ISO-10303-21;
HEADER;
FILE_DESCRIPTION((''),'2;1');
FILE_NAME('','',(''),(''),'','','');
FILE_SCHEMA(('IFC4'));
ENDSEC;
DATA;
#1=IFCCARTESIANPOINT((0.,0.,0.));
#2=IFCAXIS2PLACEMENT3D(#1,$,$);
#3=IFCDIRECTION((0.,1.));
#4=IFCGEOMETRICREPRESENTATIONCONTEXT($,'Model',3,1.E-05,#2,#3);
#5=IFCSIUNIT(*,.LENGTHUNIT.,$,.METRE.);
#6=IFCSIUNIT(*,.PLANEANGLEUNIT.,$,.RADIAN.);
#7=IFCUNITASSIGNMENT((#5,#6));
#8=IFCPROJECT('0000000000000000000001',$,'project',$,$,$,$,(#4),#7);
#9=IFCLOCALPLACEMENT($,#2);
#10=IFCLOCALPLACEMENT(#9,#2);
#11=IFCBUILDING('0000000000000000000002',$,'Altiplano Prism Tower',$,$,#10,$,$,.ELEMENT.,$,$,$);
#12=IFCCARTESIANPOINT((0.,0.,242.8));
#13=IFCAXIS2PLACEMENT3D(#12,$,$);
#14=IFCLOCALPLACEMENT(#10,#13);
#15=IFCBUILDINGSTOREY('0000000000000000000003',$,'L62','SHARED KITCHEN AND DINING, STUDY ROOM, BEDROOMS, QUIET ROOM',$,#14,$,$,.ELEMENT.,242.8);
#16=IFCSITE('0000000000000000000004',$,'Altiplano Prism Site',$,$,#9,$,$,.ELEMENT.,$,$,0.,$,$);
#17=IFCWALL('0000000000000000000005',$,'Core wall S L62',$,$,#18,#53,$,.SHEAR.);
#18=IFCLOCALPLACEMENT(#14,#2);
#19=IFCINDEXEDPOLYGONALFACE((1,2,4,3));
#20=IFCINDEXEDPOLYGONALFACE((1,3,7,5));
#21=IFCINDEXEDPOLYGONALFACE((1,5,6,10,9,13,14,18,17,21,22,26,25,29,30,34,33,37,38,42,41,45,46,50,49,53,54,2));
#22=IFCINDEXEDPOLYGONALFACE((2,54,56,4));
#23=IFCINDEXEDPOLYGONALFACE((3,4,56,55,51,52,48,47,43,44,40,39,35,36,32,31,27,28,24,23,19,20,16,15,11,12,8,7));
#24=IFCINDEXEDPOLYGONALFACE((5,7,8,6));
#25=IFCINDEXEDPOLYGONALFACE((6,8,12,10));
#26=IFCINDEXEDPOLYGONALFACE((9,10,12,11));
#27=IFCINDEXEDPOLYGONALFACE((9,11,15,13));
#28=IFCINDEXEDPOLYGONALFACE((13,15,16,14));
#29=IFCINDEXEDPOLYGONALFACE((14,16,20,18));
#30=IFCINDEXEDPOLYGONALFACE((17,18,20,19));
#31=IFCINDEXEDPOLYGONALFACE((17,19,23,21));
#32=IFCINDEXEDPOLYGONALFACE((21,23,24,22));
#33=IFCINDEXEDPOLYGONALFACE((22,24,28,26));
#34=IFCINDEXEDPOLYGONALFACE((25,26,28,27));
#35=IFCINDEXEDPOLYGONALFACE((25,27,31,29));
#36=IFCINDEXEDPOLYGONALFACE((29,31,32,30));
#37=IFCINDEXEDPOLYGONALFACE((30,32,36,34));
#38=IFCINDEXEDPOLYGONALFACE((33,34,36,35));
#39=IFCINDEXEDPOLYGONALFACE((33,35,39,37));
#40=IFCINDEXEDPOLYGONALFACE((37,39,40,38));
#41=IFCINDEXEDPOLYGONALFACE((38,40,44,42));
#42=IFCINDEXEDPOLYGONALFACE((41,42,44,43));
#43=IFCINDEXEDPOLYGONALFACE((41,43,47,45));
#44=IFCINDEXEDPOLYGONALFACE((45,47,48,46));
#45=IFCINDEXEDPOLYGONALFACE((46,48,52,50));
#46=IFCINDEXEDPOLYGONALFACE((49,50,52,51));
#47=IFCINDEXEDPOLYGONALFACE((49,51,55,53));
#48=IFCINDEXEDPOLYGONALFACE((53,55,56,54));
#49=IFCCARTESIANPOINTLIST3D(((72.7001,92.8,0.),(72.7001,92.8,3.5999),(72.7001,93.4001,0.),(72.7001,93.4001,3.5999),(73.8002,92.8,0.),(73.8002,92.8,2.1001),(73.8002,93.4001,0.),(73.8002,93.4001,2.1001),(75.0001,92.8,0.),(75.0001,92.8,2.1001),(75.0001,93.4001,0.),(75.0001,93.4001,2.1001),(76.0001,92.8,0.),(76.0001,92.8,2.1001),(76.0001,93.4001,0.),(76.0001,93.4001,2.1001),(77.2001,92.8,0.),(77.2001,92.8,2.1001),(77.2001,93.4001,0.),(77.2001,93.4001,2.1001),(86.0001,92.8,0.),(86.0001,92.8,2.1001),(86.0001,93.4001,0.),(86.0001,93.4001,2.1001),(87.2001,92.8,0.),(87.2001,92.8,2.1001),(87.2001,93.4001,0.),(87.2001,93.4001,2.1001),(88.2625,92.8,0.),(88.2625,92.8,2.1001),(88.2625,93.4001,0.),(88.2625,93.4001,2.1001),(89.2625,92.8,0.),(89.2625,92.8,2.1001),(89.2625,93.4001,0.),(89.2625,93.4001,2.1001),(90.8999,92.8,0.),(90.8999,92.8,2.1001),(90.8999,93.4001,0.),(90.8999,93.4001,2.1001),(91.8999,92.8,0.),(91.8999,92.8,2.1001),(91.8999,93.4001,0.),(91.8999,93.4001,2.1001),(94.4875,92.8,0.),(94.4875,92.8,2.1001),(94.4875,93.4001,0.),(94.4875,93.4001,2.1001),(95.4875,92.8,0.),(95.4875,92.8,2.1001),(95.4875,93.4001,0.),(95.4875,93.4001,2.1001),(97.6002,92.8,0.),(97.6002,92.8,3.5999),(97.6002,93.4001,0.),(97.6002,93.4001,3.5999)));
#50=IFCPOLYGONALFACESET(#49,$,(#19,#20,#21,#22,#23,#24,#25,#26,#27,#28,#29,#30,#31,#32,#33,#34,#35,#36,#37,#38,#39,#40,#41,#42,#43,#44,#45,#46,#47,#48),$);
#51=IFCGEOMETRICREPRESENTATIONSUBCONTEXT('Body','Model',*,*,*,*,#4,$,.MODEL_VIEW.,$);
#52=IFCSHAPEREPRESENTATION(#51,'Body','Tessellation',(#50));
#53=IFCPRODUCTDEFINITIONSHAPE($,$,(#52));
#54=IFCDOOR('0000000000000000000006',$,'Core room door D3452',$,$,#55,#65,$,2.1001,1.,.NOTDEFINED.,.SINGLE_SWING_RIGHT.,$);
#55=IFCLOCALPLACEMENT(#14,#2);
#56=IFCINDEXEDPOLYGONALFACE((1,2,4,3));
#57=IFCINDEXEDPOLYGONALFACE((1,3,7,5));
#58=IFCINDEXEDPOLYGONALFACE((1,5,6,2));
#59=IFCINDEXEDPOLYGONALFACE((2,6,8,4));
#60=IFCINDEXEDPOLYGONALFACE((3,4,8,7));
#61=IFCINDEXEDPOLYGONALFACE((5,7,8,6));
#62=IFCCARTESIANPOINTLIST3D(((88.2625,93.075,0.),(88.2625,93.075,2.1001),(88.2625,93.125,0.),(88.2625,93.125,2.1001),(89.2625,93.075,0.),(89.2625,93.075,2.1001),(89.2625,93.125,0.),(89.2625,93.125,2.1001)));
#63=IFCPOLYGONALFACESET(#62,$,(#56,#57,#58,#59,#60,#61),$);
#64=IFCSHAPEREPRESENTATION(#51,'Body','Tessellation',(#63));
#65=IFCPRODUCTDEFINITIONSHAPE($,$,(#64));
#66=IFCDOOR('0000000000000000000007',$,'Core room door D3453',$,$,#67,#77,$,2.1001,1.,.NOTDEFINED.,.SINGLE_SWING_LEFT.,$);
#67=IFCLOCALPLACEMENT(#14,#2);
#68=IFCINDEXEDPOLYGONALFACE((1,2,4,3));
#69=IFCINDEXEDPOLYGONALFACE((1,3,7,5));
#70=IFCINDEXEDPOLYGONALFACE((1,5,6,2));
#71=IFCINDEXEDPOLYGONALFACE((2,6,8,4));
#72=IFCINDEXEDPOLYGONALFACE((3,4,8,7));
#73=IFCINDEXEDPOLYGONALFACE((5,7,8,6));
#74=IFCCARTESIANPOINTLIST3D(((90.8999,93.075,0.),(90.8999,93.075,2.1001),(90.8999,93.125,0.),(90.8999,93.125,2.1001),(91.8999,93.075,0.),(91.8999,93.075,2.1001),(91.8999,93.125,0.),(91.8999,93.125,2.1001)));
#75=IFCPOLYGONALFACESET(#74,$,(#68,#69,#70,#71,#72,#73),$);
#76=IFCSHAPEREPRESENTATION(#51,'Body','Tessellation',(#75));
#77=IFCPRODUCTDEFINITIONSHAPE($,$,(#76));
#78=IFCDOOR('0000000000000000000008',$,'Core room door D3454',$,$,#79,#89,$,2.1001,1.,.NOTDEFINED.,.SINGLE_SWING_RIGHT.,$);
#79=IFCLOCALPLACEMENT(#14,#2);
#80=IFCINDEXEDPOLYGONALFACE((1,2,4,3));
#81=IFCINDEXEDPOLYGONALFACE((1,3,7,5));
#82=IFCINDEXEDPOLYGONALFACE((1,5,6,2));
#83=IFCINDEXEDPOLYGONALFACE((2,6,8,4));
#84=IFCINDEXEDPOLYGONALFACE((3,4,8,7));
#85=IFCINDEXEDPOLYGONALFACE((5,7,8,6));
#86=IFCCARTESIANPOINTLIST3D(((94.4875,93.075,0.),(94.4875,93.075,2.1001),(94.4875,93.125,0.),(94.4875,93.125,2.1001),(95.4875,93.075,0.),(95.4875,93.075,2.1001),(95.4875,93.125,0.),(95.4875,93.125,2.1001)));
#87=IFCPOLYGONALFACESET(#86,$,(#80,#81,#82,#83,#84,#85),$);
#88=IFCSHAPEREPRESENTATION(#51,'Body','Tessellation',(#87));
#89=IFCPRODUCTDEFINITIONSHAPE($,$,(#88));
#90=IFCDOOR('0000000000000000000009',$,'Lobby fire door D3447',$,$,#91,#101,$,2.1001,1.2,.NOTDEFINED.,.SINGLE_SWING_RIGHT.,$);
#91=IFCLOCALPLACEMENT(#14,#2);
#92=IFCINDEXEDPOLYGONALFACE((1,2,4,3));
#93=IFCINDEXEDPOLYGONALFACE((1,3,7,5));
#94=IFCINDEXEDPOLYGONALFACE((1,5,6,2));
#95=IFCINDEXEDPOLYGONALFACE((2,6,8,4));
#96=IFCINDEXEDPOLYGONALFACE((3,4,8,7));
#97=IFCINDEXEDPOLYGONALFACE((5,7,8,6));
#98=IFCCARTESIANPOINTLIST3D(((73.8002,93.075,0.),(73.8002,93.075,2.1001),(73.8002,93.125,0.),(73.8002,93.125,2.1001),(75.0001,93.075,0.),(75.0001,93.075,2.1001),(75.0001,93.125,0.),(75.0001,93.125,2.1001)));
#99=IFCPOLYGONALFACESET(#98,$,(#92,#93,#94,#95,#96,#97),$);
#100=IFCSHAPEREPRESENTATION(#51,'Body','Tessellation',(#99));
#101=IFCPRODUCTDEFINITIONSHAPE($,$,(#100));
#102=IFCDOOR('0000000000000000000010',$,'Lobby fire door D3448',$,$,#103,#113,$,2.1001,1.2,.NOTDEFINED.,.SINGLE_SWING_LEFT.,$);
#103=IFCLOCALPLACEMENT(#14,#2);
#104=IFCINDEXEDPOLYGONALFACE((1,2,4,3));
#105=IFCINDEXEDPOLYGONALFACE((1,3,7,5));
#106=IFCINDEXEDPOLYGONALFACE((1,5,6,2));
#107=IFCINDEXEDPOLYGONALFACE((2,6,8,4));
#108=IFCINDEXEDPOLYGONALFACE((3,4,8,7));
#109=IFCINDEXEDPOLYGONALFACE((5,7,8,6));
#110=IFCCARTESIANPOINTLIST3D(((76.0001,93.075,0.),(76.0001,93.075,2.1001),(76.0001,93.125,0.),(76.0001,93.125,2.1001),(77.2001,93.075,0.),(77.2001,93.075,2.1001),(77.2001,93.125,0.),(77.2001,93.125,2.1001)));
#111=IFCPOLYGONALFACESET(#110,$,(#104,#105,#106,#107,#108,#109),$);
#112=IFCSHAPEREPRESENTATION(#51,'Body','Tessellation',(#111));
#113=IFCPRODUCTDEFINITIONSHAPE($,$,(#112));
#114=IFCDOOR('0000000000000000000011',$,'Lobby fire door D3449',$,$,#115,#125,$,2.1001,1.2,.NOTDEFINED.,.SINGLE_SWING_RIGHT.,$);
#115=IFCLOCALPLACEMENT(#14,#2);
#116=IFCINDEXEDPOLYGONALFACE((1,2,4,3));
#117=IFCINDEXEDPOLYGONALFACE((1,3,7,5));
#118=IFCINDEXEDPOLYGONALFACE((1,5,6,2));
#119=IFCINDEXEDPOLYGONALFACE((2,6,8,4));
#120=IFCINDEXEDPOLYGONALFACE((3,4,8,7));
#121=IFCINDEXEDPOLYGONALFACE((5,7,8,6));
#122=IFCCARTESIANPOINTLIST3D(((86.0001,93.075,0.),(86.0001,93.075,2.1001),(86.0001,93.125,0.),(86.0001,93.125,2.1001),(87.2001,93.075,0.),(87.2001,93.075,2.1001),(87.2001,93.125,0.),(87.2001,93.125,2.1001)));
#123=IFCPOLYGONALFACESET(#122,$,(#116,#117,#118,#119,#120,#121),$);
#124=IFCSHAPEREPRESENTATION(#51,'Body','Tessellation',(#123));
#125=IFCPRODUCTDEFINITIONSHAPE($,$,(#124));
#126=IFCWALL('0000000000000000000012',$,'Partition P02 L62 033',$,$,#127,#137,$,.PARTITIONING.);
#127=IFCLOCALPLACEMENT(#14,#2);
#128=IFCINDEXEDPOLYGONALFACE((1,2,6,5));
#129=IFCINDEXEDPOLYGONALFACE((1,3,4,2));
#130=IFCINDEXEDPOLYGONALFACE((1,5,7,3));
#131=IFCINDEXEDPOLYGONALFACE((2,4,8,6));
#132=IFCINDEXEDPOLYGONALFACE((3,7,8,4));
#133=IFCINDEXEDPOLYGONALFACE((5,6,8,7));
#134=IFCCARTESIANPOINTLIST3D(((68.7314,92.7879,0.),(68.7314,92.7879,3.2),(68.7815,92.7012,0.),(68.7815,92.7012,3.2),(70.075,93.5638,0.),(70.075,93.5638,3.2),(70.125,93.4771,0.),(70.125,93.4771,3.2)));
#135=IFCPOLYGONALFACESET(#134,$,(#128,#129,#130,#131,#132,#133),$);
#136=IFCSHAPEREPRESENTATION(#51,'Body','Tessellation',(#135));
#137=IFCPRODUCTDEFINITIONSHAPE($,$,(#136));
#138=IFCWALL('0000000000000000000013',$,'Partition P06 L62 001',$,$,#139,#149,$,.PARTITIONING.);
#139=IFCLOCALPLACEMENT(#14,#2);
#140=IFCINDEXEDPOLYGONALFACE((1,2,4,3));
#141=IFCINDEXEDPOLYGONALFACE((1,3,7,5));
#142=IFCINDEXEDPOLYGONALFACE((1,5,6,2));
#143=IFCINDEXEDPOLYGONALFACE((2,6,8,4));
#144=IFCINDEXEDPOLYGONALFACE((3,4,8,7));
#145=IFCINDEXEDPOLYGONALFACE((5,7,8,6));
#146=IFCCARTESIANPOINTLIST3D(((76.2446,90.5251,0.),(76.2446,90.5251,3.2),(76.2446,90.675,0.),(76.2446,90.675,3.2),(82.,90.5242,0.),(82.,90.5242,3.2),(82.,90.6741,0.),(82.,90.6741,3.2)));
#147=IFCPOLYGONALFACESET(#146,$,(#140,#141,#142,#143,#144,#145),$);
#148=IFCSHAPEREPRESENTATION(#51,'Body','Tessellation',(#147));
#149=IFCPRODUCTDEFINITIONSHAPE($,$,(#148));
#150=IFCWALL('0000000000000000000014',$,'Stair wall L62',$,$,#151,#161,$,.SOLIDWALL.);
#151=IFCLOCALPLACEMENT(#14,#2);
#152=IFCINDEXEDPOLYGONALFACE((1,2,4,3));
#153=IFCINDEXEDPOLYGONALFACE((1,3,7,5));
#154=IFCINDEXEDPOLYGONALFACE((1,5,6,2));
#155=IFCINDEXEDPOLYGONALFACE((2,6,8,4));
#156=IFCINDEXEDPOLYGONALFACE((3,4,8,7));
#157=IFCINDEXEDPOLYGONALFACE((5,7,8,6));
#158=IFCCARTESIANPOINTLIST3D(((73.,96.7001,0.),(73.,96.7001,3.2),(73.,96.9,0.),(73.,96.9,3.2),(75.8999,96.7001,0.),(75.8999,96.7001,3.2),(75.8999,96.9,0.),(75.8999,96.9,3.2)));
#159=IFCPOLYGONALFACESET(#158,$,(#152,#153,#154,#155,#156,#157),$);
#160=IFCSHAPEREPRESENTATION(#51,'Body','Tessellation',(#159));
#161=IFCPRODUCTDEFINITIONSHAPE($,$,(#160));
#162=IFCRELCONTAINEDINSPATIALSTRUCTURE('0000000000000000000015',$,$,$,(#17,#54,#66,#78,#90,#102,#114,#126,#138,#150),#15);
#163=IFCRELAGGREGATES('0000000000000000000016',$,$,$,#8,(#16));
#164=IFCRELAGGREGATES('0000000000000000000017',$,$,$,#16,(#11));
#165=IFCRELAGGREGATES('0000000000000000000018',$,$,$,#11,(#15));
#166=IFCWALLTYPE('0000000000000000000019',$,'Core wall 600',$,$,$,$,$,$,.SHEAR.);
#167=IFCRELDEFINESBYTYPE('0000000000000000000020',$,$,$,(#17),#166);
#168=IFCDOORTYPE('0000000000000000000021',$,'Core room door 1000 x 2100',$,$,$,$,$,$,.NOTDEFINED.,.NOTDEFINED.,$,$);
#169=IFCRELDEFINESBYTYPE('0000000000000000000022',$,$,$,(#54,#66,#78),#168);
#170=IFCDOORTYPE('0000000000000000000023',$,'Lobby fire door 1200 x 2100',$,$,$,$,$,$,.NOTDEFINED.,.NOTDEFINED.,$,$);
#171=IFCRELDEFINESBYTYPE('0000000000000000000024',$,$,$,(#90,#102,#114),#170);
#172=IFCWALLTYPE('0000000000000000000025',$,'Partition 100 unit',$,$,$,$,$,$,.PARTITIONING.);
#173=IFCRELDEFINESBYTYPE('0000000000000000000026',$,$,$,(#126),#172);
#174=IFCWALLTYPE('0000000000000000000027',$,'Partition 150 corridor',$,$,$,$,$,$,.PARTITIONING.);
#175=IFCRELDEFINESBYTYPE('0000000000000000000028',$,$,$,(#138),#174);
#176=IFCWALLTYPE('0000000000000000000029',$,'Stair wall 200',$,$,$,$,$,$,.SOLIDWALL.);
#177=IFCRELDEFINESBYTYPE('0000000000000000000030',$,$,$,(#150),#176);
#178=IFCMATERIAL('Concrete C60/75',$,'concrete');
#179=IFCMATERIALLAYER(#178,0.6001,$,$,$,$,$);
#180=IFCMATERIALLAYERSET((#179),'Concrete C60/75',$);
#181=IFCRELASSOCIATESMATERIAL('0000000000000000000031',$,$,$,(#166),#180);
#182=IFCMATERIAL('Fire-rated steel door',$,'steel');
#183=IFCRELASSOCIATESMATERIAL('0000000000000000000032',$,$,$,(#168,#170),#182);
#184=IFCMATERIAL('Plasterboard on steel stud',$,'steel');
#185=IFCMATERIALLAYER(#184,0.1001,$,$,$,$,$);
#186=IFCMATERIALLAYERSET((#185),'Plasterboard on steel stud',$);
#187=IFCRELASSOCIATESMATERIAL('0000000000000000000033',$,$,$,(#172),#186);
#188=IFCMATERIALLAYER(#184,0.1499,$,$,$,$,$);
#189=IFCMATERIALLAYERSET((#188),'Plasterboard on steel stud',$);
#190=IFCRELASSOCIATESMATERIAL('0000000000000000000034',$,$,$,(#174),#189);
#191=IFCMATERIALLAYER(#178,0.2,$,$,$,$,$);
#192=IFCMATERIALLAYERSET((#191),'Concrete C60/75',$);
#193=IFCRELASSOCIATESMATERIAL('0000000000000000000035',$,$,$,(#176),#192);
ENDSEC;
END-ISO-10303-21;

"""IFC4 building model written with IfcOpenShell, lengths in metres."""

from ifc_helpers import new_model, si_unit, direction, frame, frame_2d, origin, place, context, subcontext, project, spatial, rectangle, extrude, material, layer, layer_set, type_object, element, fill, save


model = new_model("IFC4")

# Units and contexts
model_context = context("Model", 3, precision=1e-05, world=origin(), true_north=direction((0.0, 1.0)))
body_context = subcontext(model_context, "Body", "Model", "MODEL_VIEW")
ifc_project = project(units=[si_unit("LENGTHUNIT", "METRE"), si_unit("PLANEANGLEUNIT", "RADIAN")], contexts=[model_context])

# Site, building, storey
site_placement = place(None, origin())
site = spatial("IfcSite", under=ifc_project, at=site_placement, Name="Altiplano Prism Site", CompositionType="ELEMENT", RefElevation=0.0)
building_placement = place(site_placement, origin())
building = spatial("IfcBuilding", under=site, at=building_placement, Name="Altiplano Prism Tower", CompositionType="ELEMENT")
storey_placement = place(building_placement, frame((0.0, 0.0, 242.8)))
storey = spatial("IfcBuildingStorey", under=building, at=storey_placement, Name="L62", Description="SHARED KITCHEN AND DINING, STUDY ROOM, BEDROOMS, QUIET ROOM", CompositionType="ELEMENT", Elevation=242.8)

# Wall, openings, doors
ifc_material_1 = material(Name="Concrete C60/75", Category="concrete")
ifc_layer_1 = layer(ifc_material_1, 0.6001)
ifc_layer_set_1 = layer_set([ifc_layer_1], Name="Concrete C60/75")
wall_type_1 = type_object("IfcWallType", Name="Core wall 600", PredefinedType="SHEAR", material=ifc_layer_set_1)
wall_1_placement = place(storey_placement, frame((72.7, 93.1001, 0.0), z_axis=(0.0, 0.0, 1.0), x_axis=(1.0, 0.0, 0.0)))
wall_1 = element("IfcWall", 1, at=wall_1_placement, inside=storey, type_object=wall_type_1, Name="Core wall S L62", PredefinedType="SHEAR", context=body_context, shape_type="SweptSolid", body=[
    extrude(rectangle(XDim=24.9001, YDim=0.6001, at=frame_2d((12.4502, 0.0))), origin(), (0.0, 0.0, 1.0), 3.5999),
])
opening_1_placement = place(wall_1_placement, frame((1.1001, 0.0, 0.0)))
opening_1 = element("IfcOpeningElement", 2, at=opening_1_placement, cuts=wall_1, PredefinedType="OPENING", context=body_context, shape_type="SweptSolid", body=[
    extrude(rectangle(XDim=1.2, YDim=2.1001, at=frame_2d((0.6001, 1.05))), frame((0.0, 0.3105, 0.0), z_axis=(0.0, -1.0, 0.0), x_axis=(1.0, 0.0, 0.0)), (0.0, 0.0, 1.0), 0.6211),
])
opening_2_placement = place(wall_1_placement, frame((3.3, 0.0, 0.0)))
opening_2 = element("IfcOpeningElement", 3, at=opening_2_placement, cuts=wall_1, PredefinedType="OPENING", context=body_context, shape_type="SweptSolid", body=[
    extrude(rectangle(XDim=1.2, YDim=2.1001, at=frame_2d((0.6001, 1.05))), frame((0.0, 0.3105, 0.0), z_axis=(0.0, -1.0, 0.0), x_axis=(1.0, 0.0, 0.0)), (0.0, 0.0, 1.0), 0.6211),
])
opening_3_placement = place(wall_1_placement, frame((13.3, 0.0, 0.0)))
opening_3 = element("IfcOpeningElement", 4, at=opening_3_placement, cuts=wall_1, PredefinedType="OPENING", context=body_context, shape_type="SweptSolid", body=[
    extrude(rectangle(XDim=1.2, YDim=2.1001, at=frame_2d((0.6001, 1.05))), frame((0.0, 0.3105, 0.0), z_axis=(0.0, -1.0, 0.0), x_axis=(1.0, 0.0, 0.0)), (0.0, 0.0, 1.0), 0.6211),
])
opening_4_placement = place(wall_1_placement, frame((15.5625, 0.0, 0.0)))
opening_4 = element("IfcOpeningElement", 5, at=opening_4_placement, cuts=wall_1, PredefinedType="OPENING", context=body_context, shape_type="SweptSolid", body=[
    extrude(rectangle(XDim=1.0, YDim=2.1001, at=frame_2d((0.5, 1.05))), frame((0.0, 0.3105, 0.0), z_axis=(0.0, -1.0, 0.0), x_axis=(1.0, 0.0, 0.0)), (0.0, 0.0, 1.0), 0.6211),
])
opening_5_placement = place(wall_1_placement, frame((18.2, 0.0, 0.0)))
opening_5 = element("IfcOpeningElement", 6, at=opening_5_placement, cuts=wall_1, PredefinedType="OPENING", context=body_context, shape_type="SweptSolid", body=[
    extrude(rectangle(XDim=1.0, YDim=2.1001, at=frame_2d((0.5, 1.05))), frame((0.0, 0.3105, 0.0), z_axis=(0.0, -1.0, 0.0), x_axis=(1.0, 0.0, 0.0)), (0.0, 0.0, 1.0), 0.6211),
])
opening_6_placement = place(wall_1_placement, frame((21.7876, 0.0, 0.0)))
opening_6 = element("IfcOpeningElement", 7, at=opening_6_placement, cuts=wall_1, PredefinedType="OPENING", context=body_context, shape_type="SweptSolid", body=[
    extrude(rectangle(XDim=1.0, YDim=2.1001, at=frame_2d((0.5, 1.05))), frame((0.0, 0.3105, 0.0), z_axis=(0.0, -1.0, 0.0), x_axis=(1.0, 0.0, 0.0)), (0.0, 0.0, 1.0), 0.6211),
])
ifc_material_2 = material(Name="Fire-rated steel door", Category="steel")
door_type_1 = type_object("IfcDoorType", Name="Core room door 1000 x 2100", OperationType="NOTDEFINED", PredefinedType="NOTDEFINED", material=ifc_material_2)
door_1_placement = place(opening_4_placement, origin())
door_1 = element("IfcDoor", 8, at=door_1_placement, inside=storey, type_object=door_type_1, Name="Core room door D3452", OperationType="SINGLE_SWING_RIGHT", OverallHeight=2.1001, OverallWidth=1.0, PredefinedType="NOTDEFINED", context=body_context, shape_type="SweptSolid", body=[
    extrude(rectangle(XDim=1.0, YDim=2.1001, at=frame_2d((0.5, 1.05))), frame((0.0, 0.0249, 0.0), z_axis=(0.0, -1.0, 0.0), x_axis=(1.0, 0.0, 0.0)), (0.0, 0.0, 1.0), 0.05),
])
fill(opening_4, door_1)
door_2_placement = place(opening_5_placement, origin())
door_2 = element("IfcDoor", 9, at=door_2_placement, inside=storey, type_object=door_type_1, Name="Core room door D3453", OperationType="SINGLE_SWING_LEFT", OverallHeight=2.1001, OverallWidth=1.0, PredefinedType="NOTDEFINED", context=body_context, shape_type="SweptSolid", body=[
    extrude(rectangle(XDim=1.0, YDim=2.1001, at=frame_2d((0.5, 1.05))), frame((0.0, 0.0249, 0.0), z_axis=(0.0, -1.0, 0.0), x_axis=(1.0, 0.0, 0.0)), (0.0, 0.0, 1.0), 0.05),
])
fill(opening_5, door_2)
door_3_placement = place(opening_6_placement, origin())
door_3 = element("IfcDoor", 10, at=door_3_placement, inside=storey, type_object=door_type_1, Name="Core room door D3454", OperationType="SINGLE_SWING_RIGHT", OverallHeight=2.1001, OverallWidth=1.0, PredefinedType="NOTDEFINED", context=body_context, shape_type="SweptSolid", body=[
    extrude(rectangle(XDim=1.0, YDim=2.1001, at=frame_2d((0.5, 1.05))), frame((0.0, 0.0249, 0.0), z_axis=(0.0, -1.0, 0.0), x_axis=(1.0, 0.0, 0.0)), (0.0, 0.0, 1.0), 0.05),
])
fill(opening_6, door_3)
door_type_2 = type_object("IfcDoorType", Name="Lobby fire door 1200 x 2100", OperationType="NOTDEFINED", PredefinedType="NOTDEFINED", material=ifc_material_2)
door_4_placement = place(opening_1_placement, origin())
door_4 = element("IfcDoor", 11, at=door_4_placement, inside=storey, type_object=door_type_2, Name="Lobby fire door D3447", OperationType="SINGLE_SWING_RIGHT", OverallHeight=2.1001, OverallWidth=1.2, PredefinedType="NOTDEFINED", context=body_context, shape_type="SweptSolid", body=[
    extrude(rectangle(XDim=1.2, YDim=2.1001, at=frame_2d((0.6001, 1.05))), frame((0.0, 0.0249, 0.0), z_axis=(0.0, -1.0, 0.0), x_axis=(1.0, 0.0, 0.0)), (0.0, 0.0, 1.0), 0.05),
])
fill(opening_1, door_4)
door_5_placement = place(opening_2_placement, origin())
door_5 = element("IfcDoor", 12, at=door_5_placement, inside=storey, type_object=door_type_2, Name="Lobby fire door D3448", OperationType="SINGLE_SWING_LEFT", OverallHeight=2.1001, OverallWidth=1.2, PredefinedType="NOTDEFINED", context=body_context, shape_type="SweptSolid", body=[
    extrude(rectangle(XDim=1.2, YDim=2.1001, at=frame_2d((0.6001, 1.05))), frame((0.0, 0.0249, 0.0), z_axis=(0.0, -1.0, 0.0), x_axis=(1.0, 0.0, 0.0)), (0.0, 0.0, 1.0), 0.05),
])
fill(opening_2, door_5)
door_6_placement = place(opening_3_placement, origin())
door_6 = element("IfcDoor", 13, at=door_6_placement, inside=storey, type_object=door_type_2, Name="Lobby fire door D3449", OperationType="SINGLE_SWING_RIGHT", OverallHeight=2.1001, OverallWidth=1.2, PredefinedType="NOTDEFINED", context=body_context, shape_type="SweptSolid", body=[
    extrude(rectangle(XDim=1.2, YDim=2.1001, at=frame_2d((0.6001, 1.05))), frame((0.0, 0.0249, 0.0), z_axis=(0.0, -1.0, 0.0), x_axis=(1.0, 0.0, 0.0)), (0.0, 0.0, 1.0), 0.05),
])
fill(opening_3, door_6)

# Walls
ifc_material_3 = material(Name="Plasterboard on steel stud", Category="steel")
ifc_layer_2 = layer(ifc_material_3, 0.1001)
ifc_layer_set_2 = layer_set([ifc_layer_2], Name="Plasterboard on steel stud")
wall_type_2 = type_object("IfcWallType", Name="Partition 100 unit", PredefinedType="PARTITIONING", material=ifc_layer_set_2)
wall_2_placement = place(storey_placement, frame((70.1001, 93.5205, 0.0), z_axis=(0.0, 0.0, 1.0), x_axis=(-0.865968, -0.500099, 0.0)))
element("IfcWall", 14, at=wall_2_placement, inside=storey, type_object=wall_type_2, Name="Partition P02 L62 033", PredefinedType="PARTITIONING", context=body_context, shape_type="SweptSolid", body=[
    extrude(rectangle(XDim=1.5515, YDim=0.1001, at=frame_2d((0.7759, 0.0))), origin(), (0.0, 0.0, 1.0), 3.2),
])
ifc_layer_3 = layer(ifc_material_3, 0.1499)
ifc_layer_set_3 = layer_set([ifc_layer_3], Name="Plasterboard on steel stud")
wall_type_3 = type_object("IfcWallType", Name="Partition 150 corridor", PredefinedType="PARTITIONING", material=ifc_layer_set_3)
wall_3_placement = place(storey_placement, frame((76.2446, 90.6001, 0.0), z_axis=(0.0, 0.0, 1.0), x_axis=(1.0, -0.00017, 0.0)))
element("IfcWall", 15, at=wall_3_placement, inside=storey, type_object=wall_type_3, Name="Partition P06 L62 001", PredefinedType="PARTITIONING", context=body_context, shape_type="SweptSolid", body=[
    extrude(rectangle(XDim=5.7554, YDim=0.1499, at=frame_2d((2.8777, 0.0))), origin(), (0.0, 0.0, 1.0), 3.2),
])
ifc_layer_4 = layer(ifc_material_1, 0.2)
ifc_layer_set_4 = layer_set([ifc_layer_4], Name="Concrete C60/75")
wall_type_4 = type_object("IfcWallType", Name="Stair wall 200", PredefinedType="SOLIDWALL", material=ifc_layer_set_4)
wall_4_placement = place(storey_placement, frame((73.0, 96.8, 0.0), z_axis=(0.0, 0.0, 1.0), x_axis=(1.0, 0.0, 0.0)))
element("IfcWall", 16, at=wall_4_placement, inside=storey, type_object=wall_type_4, Name="Stair wall L62", PredefinedType="SOLIDWALL", context=body_context, shape_type="SweptSolid", body=[
    extrude(rectangle(XDim=2.8999, YDim=0.2, at=frame_2d((1.45, 0.0))), origin(), (0.0, 0.0, 1.0), 3.2),
])

save(model, "model.ifc")
